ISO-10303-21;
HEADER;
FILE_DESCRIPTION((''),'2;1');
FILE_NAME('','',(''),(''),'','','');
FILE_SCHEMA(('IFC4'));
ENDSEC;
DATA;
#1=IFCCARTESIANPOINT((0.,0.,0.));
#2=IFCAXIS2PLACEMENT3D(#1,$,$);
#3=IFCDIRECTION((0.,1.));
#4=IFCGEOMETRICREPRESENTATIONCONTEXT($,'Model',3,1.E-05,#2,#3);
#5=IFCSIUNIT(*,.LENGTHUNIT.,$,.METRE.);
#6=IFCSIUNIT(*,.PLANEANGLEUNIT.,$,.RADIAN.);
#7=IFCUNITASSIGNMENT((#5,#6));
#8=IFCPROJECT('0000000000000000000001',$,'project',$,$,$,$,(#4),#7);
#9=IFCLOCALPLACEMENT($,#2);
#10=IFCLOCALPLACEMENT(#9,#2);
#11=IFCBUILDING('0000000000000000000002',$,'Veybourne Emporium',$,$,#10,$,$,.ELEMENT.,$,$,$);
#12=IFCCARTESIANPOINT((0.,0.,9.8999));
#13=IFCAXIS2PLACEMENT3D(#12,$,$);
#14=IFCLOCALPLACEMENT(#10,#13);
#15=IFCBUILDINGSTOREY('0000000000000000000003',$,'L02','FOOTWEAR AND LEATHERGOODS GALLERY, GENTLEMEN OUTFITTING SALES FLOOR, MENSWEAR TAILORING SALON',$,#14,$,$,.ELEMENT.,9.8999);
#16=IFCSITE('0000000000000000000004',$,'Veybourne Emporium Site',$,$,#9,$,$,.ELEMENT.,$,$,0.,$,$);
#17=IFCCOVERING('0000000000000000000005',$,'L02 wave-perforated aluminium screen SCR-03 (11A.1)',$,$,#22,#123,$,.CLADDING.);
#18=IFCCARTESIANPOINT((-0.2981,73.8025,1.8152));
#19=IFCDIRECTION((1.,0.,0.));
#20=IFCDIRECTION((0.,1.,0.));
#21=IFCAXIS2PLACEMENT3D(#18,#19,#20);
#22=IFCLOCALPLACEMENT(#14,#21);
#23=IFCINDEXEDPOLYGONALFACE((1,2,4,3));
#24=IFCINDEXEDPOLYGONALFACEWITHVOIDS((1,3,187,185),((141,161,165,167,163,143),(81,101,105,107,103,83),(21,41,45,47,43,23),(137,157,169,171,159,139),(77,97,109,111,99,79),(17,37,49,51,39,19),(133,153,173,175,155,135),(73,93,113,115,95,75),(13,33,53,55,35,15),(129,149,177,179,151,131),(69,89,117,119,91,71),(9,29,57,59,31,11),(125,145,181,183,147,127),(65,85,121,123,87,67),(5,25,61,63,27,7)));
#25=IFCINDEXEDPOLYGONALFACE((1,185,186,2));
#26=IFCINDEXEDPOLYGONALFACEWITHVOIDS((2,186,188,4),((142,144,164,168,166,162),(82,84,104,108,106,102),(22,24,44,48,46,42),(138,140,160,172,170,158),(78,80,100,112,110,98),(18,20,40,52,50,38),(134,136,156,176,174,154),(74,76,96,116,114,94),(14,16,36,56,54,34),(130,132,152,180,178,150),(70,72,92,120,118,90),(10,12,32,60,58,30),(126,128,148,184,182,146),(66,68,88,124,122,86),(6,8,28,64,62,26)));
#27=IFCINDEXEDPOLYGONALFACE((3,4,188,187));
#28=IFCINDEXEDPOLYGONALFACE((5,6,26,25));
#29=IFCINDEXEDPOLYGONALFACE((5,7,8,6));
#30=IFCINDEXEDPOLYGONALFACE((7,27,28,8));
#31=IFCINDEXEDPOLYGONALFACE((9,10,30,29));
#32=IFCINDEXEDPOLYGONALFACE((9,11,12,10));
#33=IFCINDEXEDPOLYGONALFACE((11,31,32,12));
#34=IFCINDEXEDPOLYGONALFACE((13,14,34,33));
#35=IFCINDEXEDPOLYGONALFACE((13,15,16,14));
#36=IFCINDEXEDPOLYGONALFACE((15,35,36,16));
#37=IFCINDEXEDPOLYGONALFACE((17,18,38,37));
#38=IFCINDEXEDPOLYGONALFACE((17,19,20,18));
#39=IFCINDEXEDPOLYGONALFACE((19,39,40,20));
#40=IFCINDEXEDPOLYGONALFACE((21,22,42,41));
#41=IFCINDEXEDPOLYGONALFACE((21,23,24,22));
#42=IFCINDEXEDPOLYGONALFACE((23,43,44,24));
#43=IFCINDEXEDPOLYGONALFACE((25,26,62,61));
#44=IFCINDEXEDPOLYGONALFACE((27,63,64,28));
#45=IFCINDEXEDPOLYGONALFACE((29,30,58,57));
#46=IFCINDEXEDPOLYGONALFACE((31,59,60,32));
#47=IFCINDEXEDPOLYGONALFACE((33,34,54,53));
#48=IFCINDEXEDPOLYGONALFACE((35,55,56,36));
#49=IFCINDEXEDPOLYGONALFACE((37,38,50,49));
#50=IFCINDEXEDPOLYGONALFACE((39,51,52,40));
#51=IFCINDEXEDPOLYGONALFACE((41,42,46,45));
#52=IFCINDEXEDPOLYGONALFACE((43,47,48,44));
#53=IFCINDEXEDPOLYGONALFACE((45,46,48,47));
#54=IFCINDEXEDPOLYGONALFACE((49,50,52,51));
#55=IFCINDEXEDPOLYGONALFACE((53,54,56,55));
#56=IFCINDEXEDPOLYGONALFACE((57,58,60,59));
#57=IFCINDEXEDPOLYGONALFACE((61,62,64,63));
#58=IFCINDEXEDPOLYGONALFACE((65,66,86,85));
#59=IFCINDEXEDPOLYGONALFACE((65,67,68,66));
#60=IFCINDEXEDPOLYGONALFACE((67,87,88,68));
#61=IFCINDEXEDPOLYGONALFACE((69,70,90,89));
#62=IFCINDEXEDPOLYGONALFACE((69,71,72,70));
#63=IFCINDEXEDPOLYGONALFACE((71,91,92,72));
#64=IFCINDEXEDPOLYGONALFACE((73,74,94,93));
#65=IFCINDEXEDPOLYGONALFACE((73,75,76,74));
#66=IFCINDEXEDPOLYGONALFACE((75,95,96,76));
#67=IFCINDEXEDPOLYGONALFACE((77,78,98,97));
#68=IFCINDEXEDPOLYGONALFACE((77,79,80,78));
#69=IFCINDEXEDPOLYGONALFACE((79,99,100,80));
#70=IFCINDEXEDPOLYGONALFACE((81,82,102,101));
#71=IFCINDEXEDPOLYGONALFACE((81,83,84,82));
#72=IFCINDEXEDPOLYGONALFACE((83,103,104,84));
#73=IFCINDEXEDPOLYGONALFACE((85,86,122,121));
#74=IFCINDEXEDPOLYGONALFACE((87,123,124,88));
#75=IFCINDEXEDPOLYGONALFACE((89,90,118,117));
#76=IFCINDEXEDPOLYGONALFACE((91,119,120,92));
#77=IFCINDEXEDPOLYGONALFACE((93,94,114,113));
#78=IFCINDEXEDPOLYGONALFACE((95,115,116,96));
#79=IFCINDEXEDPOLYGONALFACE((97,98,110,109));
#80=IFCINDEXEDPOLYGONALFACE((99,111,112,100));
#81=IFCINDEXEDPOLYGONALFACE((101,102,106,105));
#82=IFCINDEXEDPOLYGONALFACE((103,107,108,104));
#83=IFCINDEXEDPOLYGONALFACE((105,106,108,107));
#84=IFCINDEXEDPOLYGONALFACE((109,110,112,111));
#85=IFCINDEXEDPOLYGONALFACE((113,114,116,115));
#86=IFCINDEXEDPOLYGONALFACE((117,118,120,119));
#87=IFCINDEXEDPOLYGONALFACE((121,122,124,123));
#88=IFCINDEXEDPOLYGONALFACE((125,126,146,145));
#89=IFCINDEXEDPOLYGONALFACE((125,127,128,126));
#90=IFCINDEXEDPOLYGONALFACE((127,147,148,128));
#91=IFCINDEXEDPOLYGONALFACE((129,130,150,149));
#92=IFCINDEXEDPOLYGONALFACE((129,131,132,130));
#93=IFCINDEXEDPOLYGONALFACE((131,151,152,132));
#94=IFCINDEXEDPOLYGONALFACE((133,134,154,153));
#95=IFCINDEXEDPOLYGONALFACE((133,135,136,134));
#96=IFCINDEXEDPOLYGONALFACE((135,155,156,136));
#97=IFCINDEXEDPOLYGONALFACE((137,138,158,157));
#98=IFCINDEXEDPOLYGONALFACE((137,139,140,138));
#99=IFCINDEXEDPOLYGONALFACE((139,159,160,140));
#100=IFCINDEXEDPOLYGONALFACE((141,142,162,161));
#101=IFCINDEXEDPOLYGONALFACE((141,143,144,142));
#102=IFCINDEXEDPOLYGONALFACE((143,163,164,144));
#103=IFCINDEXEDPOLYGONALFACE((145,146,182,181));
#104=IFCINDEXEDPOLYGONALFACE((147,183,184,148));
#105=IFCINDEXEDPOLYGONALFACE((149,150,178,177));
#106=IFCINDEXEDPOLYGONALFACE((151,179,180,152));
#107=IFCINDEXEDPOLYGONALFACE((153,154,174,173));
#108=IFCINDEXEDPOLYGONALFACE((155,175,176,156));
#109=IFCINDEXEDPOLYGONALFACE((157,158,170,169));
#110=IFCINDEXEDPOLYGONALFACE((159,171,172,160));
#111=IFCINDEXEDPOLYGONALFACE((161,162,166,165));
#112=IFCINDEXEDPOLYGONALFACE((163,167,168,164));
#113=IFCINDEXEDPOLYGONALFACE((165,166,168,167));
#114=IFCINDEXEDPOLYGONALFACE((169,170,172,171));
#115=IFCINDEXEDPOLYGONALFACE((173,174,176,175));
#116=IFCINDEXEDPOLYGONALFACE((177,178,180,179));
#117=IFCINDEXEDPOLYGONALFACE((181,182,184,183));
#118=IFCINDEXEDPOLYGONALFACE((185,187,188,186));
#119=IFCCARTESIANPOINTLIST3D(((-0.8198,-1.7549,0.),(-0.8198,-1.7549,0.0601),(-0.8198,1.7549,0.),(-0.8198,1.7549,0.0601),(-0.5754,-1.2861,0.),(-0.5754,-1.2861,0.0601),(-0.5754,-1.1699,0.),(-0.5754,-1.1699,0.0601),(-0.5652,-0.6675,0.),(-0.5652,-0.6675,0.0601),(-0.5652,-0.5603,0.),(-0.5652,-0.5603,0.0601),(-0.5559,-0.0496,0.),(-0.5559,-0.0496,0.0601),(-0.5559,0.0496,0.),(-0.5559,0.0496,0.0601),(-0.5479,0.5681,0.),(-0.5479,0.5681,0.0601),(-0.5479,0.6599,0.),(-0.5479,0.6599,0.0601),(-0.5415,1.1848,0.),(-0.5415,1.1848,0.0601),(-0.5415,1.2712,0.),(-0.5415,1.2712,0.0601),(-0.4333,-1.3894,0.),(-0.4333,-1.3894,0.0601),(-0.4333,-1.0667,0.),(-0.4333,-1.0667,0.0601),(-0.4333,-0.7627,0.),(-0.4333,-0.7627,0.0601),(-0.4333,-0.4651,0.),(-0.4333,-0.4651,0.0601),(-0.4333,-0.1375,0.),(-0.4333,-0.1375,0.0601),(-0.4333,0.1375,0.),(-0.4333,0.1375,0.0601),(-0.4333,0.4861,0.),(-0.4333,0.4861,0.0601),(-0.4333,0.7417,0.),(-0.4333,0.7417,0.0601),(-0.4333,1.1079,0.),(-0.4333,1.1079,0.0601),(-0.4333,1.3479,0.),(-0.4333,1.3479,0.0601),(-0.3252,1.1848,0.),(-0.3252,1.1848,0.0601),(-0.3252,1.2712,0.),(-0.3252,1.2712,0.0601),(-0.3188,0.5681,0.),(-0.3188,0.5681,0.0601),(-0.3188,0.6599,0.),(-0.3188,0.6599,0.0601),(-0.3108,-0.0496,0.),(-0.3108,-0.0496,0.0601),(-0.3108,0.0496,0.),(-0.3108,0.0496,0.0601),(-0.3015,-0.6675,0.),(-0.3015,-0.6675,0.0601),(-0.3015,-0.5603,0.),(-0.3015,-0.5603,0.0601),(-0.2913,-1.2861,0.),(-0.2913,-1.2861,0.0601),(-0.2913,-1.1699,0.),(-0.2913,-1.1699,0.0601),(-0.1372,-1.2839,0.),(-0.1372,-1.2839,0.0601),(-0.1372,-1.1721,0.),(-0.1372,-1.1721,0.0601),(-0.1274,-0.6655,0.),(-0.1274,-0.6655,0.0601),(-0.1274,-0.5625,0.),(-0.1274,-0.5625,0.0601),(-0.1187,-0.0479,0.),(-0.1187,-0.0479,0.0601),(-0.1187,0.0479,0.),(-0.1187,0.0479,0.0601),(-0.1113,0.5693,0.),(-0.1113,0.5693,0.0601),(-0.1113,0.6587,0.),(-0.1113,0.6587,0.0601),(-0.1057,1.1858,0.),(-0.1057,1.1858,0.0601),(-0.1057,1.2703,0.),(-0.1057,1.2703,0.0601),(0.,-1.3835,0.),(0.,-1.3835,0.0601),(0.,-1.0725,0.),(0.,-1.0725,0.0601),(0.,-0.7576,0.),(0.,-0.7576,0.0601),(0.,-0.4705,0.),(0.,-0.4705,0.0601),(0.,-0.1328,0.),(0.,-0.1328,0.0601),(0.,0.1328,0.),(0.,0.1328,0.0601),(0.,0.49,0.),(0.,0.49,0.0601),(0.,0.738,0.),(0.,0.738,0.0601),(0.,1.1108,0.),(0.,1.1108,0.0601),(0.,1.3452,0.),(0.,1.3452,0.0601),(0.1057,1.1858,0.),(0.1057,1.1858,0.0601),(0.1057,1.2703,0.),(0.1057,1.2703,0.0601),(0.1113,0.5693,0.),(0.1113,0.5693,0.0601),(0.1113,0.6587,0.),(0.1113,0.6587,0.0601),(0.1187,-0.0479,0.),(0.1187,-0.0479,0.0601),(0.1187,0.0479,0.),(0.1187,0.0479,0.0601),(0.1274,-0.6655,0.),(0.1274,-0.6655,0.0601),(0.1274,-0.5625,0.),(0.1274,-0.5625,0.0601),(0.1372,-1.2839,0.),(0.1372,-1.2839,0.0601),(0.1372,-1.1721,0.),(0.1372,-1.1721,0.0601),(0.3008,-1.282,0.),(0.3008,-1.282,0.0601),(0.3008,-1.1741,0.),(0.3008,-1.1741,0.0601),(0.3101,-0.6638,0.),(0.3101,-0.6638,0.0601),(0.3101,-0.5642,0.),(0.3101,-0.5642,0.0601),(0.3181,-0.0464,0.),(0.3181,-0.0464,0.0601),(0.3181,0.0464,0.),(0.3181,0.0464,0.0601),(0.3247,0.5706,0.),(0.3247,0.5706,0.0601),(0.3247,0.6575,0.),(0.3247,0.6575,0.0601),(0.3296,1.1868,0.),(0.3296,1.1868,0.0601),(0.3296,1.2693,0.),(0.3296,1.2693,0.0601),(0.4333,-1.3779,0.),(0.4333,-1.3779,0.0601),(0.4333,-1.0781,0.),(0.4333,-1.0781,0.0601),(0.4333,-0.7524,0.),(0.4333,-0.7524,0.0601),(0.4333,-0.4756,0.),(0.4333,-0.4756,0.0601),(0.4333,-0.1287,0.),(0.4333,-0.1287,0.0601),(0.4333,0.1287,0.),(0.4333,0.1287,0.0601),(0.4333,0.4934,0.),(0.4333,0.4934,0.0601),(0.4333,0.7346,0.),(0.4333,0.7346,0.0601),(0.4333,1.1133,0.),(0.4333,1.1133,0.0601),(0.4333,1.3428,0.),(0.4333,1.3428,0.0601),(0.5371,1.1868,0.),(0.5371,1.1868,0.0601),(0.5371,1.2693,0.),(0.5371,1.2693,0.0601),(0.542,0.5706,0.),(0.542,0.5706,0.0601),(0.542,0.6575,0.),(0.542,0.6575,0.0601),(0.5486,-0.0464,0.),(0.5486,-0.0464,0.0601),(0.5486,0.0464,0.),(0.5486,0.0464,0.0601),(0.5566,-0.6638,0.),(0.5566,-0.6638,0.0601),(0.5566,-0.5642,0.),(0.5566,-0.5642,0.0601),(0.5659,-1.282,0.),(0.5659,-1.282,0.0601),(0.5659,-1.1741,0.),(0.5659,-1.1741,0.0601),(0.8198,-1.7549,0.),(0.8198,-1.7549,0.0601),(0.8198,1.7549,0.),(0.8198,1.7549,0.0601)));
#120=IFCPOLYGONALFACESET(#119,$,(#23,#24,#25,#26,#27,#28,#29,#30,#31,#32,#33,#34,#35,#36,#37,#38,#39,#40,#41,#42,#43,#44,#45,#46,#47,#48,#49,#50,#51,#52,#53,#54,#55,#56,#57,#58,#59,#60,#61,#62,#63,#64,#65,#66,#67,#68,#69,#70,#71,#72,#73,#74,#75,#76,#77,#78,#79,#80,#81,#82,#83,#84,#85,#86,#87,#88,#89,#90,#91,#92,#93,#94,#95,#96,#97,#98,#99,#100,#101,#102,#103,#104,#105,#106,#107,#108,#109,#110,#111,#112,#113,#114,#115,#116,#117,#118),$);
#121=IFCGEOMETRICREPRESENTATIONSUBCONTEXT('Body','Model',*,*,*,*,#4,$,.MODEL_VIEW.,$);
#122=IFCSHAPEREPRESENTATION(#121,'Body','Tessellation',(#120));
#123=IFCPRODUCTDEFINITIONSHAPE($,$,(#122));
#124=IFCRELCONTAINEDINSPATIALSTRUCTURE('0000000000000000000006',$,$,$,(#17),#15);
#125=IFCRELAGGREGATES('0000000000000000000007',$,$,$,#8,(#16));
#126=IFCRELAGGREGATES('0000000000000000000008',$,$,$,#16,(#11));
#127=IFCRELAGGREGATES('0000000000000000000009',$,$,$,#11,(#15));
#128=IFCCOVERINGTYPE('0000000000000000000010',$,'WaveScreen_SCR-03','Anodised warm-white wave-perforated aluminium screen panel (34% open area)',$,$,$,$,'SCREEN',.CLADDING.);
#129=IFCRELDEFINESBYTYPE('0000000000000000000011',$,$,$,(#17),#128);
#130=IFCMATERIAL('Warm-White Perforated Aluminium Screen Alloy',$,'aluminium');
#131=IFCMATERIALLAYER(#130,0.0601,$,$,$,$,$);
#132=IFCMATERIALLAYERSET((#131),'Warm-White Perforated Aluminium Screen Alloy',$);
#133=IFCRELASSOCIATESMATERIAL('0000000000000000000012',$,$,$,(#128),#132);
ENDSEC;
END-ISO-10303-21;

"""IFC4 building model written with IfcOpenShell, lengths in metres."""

from ifc_helpers import new_model, si_unit, direction, frame, origin, place, context, subcontext, project, spatial, polyline, outline, extrude, material, layer, layer_set, type_object, element, save


model = new_model("IFC4")

# Units and contexts
model_context = context("Model", 3, precision=1e-05, world=origin(), true_north=direction((0.0, 1.0)))
body_context = subcontext(model_context, "Body", "Model", "MODEL_VIEW")
ifc_project = project(units=[si_unit("LENGTHUNIT", "METRE"), si_unit("PLANEANGLEUNIT", "RADIAN")], contexts=[model_context])

# Site, building, storey
site_placement = place(None, origin())
site = spatial("IfcSite", under=ifc_project, at=site_placement, Name="Veybourne Emporium Site", CompositionType="ELEMENT", RefElevation=0.0)
building_placement = place(site_placement, origin())
building = spatial("IfcBuilding", under=site, at=building_placement, Name="Veybourne Emporium", CompositionType="ELEMENT")
storey_placement = place(building_placement, frame((0.0, 0.0, 9.8999)))
storey = spatial("IfcBuildingStorey", under=building, at=storey_placement, Name="L02", Description="FOOTWEAR AND LEATHERGOODS GALLERY, GENTLEMEN OUTFITTING SALES FLOOR, MENSWEAR TAILORING SALON", CompositionType="ELEMENT", Elevation=9.8999)

# Covering
ifc_material_1 = material(Name="Warm-White Perforated Aluminium Screen Alloy", Category="aluminium")
ifc_layer_1 = layer(ifc_material_1, 0.0601)
ifc_layer_set_1 = layer_set([ifc_layer_1], Name="Warm-White Perforated Aluminium Screen Alloy")
covering_type_1 = type_object("IfcCoveringType", Name="WaveScreen_SCR-03", Description="Anodised warm-white wave-perforated aluminium screen panel (34% open area)", ElementType="SCREEN", PredefinedType="CLADDING", material=ifc_layer_set_1)
covering_1_placement = place(storey_placement, frame((-0.2981, 73.8025, 1.8152), z_axis=(1.0, 0.0, 0.0), x_axis=(0.0, 1.0, 0.0)))
element("IfcCovering", 1, at=covering_1_placement, inside=storey, type_object=covering_type_1, Name="L02 wave-perforated aluminium screen SCR-03 (11A.1)", PredefinedType="CLADDING", context=body_context, shape_type="SweptSolid", body=[
    extrude(outline(polyline([(-0.8198, -1.7549), (0.8198, -1.7549), (0.8198, 1.7549), (-0.8198, 1.7549), (-0.8198, -1.7549)]), holes=[polyline([(-0.4333, -1.0667), (-0.2913, -1.1699), (-0.2913, -1.2861), (-0.4333, -1.3894), (-0.5754, -1.2861), (-0.5754, -1.1699), (-0.4333, -1.0667)]), polyline([(-0.4333, -0.4651), (-0.3015, -0.5603), (-0.3015, -0.6675), (-0.4333, -0.7627), (-0.5652, -0.6675), (-0.5652, -0.5603), (-0.4333, -0.4651)]), polyline([(-0.4333, 0.1375), (-0.3108, 0.0496), (-0.3108, -0.0496), (-0.4333, -0.1375), (-0.5559, -0.0496), (-0.5559, 0.0496), (-0.4333, 0.1375)]), polyline([(-0.4333, 0.7417), (-0.3188, 0.6599), (-0.3188, 0.5681), (-0.4333, 0.4861), (-0.5479, 0.5681), (-0.5479, 0.6599), (-0.4333, 0.7417)]), polyline([(-0.4333, 1.3479), (-0.3252, 1.2712), (-0.3252, 1.1848), (-0.4333, 1.1079), (-0.5415, 1.1848), (-0.5415, 1.2712), (-0.4333, 1.3479)]), polyline([(0.0, -1.0725), (0.1372, -1.1721), (0.1372, -1.2839), (0.0, -1.3835), (-0.1372, -1.2839), (-0.1372, -1.1721), (0.0, -1.0725)]), polyline([(0.0, -0.4705), (0.1274, -0.5625), (0.1274, -0.6655), (0.0, -0.7576), (-0.1274, -0.6655), (-0.1274, -0.5625), (0.0, -0.4705)]), polyline([(0.0, 0.1328), (0.1187, 0.0479), (0.1187, -0.0479), (0.0, -0.1328), (-0.1187, -0.0479), (-0.1187, 0.0479), (0.0, 0.1328)]), polyline([(0.0, 0.738), (0.1113, 0.6587), (0.1113, 0.5693), (0.0, 0.49), (-0.1113, 0.5693), (-0.1113, 0.6587), (0.0, 0.738)]), polyline([(0.0, 1.3452), (0.1057, 1.2703), (0.1057, 1.1858), (0.0, 1.1108), (-0.1057, 1.1858), (-0.1057, 1.2703), (0.0, 1.3452)]), polyline([(0.4333, -1.0781), (0.5659, -1.1741), (0.5659, -1.282), (0.4333, -1.3779), (0.3008, -1.282), (0.3008, -1.1741), (0.4333, -1.0781)]), polyline([(0.4333, -0.4756), (0.5566, -0.5642), (0.5566, -0.6638), (0.4333, -0.7524), (0.3101, -0.6638), (0.3101, -0.5642), (0.4333, -0.4756)]), polyline([(0.4333, 0.1287), (0.5486, 0.0464), (0.5486, -0.0464), (0.4333, -0.1287), (0.3181, -0.0464), (0.3181, 0.0464), (0.4333, 0.1287)]), polyline([(0.4333, 0.7346), (0.542, 0.6575), (0.542, 0.5706), (0.4333, 0.4934), (0.3247, 0.5706), (0.3247, 0.6575), (0.4333, 0.7346)]), polyline([(0.4333, 1.3428), (0.5371, 1.2693), (0.5371, 1.1868), (0.4333, 1.1133), (0.3296, 1.1868), (0.3296, 1.2693), (0.4333, 1.3428)])]), origin(), (0.0, 0.0, 1.0), 0.0601),
])

save(model, "model.ifc")
